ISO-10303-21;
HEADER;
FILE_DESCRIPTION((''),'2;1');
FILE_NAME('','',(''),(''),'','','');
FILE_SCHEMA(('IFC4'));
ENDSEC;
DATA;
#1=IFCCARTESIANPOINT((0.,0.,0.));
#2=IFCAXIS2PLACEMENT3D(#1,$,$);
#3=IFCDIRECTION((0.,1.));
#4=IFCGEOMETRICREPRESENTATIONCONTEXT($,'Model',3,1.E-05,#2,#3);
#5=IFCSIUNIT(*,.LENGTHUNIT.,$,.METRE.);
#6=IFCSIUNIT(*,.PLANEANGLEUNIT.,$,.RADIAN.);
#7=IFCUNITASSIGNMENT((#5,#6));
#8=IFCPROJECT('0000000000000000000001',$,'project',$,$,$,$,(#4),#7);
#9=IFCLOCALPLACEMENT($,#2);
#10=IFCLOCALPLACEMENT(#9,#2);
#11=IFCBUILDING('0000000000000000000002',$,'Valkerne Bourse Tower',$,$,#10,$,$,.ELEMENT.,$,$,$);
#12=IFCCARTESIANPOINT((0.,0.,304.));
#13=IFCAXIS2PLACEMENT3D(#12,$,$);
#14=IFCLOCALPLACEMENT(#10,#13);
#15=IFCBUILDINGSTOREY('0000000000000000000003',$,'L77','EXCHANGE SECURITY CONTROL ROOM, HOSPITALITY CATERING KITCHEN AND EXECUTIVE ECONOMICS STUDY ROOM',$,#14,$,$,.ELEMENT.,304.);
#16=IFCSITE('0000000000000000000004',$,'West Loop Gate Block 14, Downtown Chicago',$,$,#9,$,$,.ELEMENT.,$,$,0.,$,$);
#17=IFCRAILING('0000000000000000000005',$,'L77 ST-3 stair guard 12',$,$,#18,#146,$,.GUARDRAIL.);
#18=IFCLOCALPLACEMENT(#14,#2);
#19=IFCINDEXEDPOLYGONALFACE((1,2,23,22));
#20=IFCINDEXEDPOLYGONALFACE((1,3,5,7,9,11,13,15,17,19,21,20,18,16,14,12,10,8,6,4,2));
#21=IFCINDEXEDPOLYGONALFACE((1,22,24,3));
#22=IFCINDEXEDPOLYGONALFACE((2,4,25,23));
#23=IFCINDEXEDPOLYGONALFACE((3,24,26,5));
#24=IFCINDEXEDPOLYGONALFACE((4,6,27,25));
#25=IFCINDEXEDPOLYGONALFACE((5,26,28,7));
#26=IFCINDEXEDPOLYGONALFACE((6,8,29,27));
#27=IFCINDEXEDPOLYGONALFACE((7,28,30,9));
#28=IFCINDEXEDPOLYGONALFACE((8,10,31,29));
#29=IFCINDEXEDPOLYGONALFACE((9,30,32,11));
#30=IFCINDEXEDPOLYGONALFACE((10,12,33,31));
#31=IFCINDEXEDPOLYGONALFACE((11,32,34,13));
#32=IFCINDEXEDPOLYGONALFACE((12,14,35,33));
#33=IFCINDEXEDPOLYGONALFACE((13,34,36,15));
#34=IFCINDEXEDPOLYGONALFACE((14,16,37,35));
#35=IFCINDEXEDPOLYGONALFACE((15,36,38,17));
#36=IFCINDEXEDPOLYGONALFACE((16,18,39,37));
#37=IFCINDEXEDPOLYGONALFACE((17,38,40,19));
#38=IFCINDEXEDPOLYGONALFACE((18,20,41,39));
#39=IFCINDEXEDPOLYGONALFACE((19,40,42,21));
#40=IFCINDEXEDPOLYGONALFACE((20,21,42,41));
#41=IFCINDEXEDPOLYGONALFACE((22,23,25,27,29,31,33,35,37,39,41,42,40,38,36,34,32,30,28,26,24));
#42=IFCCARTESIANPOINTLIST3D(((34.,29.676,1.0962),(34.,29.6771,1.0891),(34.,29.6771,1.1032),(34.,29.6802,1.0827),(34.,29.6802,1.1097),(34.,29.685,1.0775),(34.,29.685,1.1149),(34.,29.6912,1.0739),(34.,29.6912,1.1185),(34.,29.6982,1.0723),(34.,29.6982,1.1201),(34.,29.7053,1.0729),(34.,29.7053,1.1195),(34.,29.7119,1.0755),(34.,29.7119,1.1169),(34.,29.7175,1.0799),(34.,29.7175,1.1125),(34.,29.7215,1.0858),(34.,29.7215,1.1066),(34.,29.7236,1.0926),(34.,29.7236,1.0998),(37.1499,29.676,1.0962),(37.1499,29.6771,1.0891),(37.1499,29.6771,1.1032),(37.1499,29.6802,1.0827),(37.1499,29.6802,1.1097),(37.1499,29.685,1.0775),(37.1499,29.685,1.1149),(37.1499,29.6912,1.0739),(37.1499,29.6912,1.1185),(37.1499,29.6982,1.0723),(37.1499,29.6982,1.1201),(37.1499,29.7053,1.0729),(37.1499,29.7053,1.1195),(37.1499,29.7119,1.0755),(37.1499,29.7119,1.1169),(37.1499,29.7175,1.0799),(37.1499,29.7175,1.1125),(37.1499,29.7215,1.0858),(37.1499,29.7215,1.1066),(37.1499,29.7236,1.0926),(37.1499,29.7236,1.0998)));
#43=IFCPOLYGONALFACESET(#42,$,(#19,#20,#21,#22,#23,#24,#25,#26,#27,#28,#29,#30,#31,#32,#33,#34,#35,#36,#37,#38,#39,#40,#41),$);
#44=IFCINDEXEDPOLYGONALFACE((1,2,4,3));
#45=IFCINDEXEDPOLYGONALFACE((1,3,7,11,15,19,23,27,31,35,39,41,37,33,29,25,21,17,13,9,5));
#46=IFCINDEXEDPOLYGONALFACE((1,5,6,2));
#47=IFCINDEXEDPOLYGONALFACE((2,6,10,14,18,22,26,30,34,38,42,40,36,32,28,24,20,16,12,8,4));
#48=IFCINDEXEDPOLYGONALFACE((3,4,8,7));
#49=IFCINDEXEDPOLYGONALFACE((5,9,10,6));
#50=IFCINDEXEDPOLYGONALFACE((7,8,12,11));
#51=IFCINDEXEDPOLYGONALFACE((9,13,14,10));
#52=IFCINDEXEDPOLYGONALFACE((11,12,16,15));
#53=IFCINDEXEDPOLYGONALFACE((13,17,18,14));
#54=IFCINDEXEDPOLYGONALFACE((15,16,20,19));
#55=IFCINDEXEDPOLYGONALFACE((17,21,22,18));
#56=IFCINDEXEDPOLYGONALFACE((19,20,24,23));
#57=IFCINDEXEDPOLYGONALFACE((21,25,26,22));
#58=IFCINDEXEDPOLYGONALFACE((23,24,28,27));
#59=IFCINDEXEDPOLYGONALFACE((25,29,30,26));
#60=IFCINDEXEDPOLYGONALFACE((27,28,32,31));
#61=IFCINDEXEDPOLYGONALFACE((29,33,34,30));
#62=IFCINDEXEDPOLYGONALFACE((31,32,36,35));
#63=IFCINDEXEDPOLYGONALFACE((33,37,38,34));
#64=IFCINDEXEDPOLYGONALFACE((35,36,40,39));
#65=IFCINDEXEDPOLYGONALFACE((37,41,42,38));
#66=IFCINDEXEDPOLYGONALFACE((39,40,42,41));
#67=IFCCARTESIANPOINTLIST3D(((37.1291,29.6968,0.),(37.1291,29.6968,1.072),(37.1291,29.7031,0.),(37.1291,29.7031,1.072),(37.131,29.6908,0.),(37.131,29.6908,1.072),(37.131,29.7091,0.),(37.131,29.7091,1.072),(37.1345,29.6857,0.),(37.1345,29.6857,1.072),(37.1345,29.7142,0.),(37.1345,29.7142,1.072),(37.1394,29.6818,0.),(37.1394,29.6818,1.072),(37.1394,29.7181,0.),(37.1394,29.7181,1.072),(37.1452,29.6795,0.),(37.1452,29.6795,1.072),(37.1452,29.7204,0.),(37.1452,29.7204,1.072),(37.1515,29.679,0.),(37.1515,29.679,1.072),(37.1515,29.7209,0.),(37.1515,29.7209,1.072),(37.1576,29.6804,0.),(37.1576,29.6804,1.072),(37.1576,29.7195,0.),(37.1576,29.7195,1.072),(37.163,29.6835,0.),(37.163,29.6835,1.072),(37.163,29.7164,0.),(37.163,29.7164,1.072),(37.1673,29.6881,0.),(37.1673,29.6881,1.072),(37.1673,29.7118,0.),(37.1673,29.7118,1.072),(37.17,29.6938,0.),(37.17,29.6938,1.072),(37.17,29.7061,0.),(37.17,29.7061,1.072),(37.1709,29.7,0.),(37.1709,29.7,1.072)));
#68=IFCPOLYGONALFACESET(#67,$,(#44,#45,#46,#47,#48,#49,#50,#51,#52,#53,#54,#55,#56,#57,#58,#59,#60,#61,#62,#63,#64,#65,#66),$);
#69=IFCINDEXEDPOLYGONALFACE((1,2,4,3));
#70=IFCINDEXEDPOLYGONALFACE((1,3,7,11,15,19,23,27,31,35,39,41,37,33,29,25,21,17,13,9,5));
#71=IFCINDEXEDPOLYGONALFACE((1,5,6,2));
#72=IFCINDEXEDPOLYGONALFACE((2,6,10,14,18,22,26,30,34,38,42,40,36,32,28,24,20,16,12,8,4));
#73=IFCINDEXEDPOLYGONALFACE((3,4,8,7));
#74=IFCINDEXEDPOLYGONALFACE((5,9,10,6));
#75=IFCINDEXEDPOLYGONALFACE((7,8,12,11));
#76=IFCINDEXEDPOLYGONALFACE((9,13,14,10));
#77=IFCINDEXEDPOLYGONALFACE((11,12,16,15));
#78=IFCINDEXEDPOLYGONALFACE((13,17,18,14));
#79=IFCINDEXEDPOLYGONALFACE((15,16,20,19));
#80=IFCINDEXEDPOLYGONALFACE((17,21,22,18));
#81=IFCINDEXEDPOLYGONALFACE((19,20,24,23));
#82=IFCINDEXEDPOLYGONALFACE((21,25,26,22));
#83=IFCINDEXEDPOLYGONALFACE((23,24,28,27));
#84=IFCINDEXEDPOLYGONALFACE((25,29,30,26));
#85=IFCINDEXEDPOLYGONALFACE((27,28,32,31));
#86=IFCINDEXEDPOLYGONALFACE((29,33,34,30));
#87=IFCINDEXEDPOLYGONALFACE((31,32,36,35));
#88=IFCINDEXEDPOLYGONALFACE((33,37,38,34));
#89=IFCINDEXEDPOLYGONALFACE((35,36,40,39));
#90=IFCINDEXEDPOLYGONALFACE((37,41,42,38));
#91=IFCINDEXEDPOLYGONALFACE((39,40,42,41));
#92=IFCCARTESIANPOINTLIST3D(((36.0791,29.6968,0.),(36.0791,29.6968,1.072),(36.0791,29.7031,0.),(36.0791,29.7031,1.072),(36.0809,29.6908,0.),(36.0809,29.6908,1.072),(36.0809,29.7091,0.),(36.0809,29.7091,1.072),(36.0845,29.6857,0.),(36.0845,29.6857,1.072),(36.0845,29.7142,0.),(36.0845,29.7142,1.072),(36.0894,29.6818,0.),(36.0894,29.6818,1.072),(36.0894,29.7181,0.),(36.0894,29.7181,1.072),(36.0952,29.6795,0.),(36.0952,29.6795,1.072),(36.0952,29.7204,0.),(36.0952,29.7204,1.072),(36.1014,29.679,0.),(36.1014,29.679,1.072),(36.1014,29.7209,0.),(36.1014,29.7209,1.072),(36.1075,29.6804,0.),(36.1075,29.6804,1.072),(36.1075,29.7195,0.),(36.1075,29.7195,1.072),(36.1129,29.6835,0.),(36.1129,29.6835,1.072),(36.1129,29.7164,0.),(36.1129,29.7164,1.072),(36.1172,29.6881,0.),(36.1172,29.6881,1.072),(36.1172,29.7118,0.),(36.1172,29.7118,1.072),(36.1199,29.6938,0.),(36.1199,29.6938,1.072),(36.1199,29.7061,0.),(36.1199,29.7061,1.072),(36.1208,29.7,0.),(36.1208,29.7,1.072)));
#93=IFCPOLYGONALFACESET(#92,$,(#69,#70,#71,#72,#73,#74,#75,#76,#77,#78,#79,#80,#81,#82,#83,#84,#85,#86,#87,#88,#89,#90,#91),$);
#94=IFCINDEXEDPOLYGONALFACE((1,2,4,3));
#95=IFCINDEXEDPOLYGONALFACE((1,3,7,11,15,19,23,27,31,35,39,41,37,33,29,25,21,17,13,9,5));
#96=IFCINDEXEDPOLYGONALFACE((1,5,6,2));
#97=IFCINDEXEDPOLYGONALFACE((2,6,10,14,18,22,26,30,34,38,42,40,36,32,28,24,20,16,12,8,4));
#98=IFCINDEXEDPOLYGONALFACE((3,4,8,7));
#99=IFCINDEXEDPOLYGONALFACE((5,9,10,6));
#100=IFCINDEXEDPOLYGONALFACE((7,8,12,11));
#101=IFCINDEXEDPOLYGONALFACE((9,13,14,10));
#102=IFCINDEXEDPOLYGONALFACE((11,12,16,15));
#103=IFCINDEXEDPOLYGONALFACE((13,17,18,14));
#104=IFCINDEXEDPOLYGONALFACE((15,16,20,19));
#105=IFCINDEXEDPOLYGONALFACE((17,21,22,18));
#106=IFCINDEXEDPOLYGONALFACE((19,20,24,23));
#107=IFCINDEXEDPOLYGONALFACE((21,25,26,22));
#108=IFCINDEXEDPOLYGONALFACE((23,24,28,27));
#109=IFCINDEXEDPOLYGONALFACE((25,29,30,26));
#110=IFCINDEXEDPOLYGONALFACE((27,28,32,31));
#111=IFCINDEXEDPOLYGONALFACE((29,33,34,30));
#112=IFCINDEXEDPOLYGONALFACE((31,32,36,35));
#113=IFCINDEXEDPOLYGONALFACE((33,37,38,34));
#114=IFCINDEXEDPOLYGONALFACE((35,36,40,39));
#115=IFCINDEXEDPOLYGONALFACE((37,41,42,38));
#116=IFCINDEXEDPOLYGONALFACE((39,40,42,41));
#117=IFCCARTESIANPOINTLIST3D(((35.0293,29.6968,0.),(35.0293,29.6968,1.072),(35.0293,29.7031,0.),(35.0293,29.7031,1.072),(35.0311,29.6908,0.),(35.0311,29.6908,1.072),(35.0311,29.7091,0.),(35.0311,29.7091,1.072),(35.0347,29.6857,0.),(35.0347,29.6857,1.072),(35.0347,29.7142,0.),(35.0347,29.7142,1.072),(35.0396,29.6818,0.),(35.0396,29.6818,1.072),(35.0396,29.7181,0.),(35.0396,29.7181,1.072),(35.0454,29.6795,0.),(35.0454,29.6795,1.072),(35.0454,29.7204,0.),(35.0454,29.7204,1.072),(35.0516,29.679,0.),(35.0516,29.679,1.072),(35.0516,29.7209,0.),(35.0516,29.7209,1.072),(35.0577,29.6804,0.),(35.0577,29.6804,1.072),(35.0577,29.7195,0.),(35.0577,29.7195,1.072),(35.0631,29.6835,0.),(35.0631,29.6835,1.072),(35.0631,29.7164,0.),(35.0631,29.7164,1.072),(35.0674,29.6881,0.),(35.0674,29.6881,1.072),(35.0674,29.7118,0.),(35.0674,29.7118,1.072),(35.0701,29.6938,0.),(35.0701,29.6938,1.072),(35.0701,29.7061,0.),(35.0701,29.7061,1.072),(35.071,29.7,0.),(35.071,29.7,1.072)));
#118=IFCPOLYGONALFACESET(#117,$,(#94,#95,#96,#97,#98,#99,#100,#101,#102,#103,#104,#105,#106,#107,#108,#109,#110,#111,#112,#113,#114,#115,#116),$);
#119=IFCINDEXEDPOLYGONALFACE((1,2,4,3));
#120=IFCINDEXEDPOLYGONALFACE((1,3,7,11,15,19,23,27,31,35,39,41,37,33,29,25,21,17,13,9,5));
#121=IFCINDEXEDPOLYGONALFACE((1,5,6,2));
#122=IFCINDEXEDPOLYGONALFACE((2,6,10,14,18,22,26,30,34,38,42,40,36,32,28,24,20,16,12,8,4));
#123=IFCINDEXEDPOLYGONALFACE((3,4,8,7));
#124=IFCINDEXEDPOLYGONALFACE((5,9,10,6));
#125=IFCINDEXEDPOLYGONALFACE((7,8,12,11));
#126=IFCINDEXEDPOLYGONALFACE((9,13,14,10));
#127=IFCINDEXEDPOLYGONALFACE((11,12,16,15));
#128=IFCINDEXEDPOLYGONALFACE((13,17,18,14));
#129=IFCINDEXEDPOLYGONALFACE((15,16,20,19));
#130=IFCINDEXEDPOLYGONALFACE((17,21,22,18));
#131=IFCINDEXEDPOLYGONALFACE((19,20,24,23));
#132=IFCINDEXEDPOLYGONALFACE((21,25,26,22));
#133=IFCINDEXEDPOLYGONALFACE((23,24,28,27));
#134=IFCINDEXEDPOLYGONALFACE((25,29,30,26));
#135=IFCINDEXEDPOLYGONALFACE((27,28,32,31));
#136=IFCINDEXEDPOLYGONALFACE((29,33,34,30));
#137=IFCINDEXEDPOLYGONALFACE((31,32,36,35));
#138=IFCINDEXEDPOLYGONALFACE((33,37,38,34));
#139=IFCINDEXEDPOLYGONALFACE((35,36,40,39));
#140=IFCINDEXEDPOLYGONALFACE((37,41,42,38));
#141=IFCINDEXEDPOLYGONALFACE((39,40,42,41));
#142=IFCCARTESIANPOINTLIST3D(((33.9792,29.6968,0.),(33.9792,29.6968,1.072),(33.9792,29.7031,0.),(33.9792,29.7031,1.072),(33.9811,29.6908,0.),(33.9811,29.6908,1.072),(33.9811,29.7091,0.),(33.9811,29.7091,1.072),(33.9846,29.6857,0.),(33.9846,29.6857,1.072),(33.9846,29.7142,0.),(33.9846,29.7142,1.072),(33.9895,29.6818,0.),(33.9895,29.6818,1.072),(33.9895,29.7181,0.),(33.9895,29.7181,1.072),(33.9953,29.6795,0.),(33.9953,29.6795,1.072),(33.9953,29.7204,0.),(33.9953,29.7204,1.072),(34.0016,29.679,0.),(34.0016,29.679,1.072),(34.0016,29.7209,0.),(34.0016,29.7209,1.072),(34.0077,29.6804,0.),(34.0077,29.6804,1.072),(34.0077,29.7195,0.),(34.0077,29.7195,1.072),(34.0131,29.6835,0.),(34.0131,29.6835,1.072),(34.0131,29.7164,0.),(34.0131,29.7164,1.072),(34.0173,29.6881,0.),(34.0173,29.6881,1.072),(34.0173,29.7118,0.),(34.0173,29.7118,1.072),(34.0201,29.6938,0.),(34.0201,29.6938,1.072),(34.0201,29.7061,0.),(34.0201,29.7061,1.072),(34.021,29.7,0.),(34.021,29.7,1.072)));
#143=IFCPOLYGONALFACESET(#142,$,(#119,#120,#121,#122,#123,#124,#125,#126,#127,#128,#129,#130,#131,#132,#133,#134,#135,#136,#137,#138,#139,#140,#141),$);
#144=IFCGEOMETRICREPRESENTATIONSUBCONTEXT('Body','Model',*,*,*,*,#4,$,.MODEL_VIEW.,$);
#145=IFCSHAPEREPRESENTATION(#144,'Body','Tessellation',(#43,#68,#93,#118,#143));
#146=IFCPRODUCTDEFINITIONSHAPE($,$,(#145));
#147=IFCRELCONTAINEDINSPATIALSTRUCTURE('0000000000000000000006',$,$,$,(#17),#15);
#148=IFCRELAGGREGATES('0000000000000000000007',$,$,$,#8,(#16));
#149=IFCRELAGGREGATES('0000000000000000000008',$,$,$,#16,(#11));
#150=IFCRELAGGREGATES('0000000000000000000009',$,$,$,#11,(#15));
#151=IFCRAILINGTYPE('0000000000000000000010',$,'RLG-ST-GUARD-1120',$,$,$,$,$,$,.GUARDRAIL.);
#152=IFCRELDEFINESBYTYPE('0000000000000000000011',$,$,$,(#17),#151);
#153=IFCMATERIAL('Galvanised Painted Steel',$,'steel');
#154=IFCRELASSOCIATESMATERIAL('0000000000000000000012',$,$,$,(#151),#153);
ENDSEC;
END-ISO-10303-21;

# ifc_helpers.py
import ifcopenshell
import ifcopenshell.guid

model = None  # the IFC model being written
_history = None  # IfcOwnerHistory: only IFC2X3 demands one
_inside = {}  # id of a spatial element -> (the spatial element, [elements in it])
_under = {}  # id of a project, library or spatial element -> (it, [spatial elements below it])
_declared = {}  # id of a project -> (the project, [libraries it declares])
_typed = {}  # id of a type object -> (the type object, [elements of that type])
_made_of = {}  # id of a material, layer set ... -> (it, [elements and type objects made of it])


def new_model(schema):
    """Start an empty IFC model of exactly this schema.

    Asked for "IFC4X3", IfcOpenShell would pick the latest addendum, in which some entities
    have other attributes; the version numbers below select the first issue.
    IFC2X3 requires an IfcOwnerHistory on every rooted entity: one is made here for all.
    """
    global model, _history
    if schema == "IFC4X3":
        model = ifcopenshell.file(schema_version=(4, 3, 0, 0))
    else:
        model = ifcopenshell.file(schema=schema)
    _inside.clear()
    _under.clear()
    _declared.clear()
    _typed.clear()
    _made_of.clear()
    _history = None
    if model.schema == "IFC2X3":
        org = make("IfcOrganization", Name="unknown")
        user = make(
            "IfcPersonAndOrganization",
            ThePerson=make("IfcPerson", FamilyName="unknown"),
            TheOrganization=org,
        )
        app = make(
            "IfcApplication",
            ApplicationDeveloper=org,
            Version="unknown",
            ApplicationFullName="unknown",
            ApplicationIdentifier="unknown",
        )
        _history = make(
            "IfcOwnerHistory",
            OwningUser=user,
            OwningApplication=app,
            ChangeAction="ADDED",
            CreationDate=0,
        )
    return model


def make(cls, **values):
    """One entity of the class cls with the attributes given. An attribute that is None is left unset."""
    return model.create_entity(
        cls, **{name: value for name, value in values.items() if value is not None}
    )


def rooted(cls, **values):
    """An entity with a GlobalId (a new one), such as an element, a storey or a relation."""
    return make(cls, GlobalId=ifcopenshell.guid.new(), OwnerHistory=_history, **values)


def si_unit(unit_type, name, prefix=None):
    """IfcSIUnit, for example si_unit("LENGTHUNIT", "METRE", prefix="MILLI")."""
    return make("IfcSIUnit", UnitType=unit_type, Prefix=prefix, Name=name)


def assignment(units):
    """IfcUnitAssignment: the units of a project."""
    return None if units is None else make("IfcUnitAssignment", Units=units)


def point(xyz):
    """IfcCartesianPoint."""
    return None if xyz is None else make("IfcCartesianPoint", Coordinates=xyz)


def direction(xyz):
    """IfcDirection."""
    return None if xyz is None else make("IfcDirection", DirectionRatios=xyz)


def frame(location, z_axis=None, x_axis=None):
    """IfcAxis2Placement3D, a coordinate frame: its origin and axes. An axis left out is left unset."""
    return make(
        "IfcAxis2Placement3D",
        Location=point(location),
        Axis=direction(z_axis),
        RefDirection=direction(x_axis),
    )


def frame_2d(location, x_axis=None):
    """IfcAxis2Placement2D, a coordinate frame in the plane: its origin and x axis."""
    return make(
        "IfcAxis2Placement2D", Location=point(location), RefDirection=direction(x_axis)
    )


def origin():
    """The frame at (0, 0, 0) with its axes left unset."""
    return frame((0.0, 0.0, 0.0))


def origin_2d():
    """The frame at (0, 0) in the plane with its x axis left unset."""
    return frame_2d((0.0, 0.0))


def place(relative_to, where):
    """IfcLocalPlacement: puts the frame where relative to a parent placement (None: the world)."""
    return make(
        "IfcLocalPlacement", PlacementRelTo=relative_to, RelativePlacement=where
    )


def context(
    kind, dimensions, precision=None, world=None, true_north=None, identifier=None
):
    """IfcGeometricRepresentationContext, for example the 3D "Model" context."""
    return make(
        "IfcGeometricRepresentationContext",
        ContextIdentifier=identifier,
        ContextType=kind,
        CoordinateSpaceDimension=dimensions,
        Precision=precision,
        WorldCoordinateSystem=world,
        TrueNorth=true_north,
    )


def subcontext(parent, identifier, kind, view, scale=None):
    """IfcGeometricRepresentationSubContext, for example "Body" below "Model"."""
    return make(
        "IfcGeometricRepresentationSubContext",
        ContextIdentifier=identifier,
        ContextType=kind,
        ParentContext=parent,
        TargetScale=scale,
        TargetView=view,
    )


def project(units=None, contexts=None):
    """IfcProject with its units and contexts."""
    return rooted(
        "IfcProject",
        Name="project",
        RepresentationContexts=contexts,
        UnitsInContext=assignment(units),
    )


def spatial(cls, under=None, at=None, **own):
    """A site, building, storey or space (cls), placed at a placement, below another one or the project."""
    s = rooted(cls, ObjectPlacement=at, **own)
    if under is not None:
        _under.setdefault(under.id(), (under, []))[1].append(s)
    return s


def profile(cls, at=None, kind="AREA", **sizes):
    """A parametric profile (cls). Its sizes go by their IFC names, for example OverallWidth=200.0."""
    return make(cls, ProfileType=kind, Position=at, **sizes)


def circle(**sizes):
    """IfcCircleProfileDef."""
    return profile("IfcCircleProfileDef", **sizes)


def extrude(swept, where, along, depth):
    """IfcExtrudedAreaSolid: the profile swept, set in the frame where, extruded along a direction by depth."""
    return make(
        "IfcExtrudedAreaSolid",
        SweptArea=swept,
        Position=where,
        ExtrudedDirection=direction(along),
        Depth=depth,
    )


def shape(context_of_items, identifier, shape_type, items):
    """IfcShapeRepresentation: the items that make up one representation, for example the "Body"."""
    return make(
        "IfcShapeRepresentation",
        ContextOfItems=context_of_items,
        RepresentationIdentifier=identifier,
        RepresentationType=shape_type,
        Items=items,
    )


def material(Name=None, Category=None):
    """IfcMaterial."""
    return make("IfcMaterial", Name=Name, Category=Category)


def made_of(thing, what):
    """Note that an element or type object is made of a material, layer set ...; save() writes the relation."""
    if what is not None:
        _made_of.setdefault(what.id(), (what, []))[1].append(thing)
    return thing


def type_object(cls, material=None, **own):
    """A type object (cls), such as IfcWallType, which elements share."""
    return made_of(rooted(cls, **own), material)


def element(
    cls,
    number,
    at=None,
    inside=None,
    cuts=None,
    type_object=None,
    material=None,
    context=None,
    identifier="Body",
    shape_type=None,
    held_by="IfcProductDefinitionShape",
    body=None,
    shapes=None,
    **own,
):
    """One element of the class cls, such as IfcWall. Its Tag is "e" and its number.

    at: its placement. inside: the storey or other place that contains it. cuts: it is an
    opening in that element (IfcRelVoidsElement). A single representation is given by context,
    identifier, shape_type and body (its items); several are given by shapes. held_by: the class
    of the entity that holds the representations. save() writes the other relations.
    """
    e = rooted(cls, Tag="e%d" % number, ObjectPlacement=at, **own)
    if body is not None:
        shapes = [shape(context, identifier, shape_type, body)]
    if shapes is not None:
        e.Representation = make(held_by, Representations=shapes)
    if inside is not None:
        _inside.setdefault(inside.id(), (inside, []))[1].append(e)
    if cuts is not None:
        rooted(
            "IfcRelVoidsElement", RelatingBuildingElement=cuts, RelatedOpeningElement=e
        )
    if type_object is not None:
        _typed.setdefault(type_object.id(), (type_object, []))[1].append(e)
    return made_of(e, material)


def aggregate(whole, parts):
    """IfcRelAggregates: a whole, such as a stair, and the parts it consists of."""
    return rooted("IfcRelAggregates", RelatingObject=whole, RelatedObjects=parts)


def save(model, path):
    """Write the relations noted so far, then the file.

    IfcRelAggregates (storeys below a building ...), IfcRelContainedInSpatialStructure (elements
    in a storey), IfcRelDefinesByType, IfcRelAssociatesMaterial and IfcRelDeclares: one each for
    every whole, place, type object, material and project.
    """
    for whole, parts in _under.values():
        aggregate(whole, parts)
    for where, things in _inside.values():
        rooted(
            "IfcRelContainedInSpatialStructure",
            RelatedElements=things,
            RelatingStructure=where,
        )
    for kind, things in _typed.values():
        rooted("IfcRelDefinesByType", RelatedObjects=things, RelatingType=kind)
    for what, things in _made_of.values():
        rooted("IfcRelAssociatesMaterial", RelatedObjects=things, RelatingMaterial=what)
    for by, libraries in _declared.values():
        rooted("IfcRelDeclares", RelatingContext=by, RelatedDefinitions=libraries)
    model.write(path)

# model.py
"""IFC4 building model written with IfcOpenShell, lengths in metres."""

from ifc_helpers import new_model, si_unit, direction, frame, origin, origin_2d, place, context, subcontext, project, spatial, circle, extrude, material, type_object, element, save


model = new_model("IFC4")

# Units and contexts
model_context = context("Model", 3, precision=1e-05, world=origin(), true_north=direction((0.0, 1.0)))
body_context = subcontext(model_context, "Body", "Model", "MODEL_VIEW")
ifc_project = project(units=[si_unit("LENGTHUNIT", "METRE"), si_unit("PLANEANGLEUNIT", "RADIAN")], contexts=[model_context])

# Site, building, storey
site_placement = place(None, origin())
site = spatial("IfcSite", under=ifc_project, at=site_placement, Name="West Loop Gate Block 14, Downtown Chicago", CompositionType="ELEMENT", RefElevation=0.0)
building_placement = place(site_placement, origin())
building = spatial("IfcBuilding", under=site, at=building_placement, Name="Valkerne Bourse Tower", CompositionType="ELEMENT")
storey_placement = place(building_placement, frame((0.0, 0.0, 304.0)))
storey = spatial("IfcBuildingStorey", under=building, at=storey_placement, Name="L77", Description="EXCHANGE SECURITY CONTROL ROOM, HOSPITALITY CATERING KITCHEN AND EXECUTIVE ECONOMICS STUDY ROOM", CompositionType="ELEMENT", Elevation=304.0)

# Shared definitions
ifc_material_1 = material(Name="Galvanised Painted Steel", Category="steel")

# Railing
railing_type = type_object("IfcRailingType", Name="RLG-ST-GUARD-1120", PredefinedType="GUARDRAIL", material=ifc_material_1)
railing_placement = place(storey_placement, frame((37.1499, 29.7, 0.0)))
element("IfcRailing", 1, at=railing_placement, inside=storey, type_object=railing_type, Name="L77 ST-3 stair guard 12", PredefinedType="GUARDRAIL", context=body_context, shape_type="SweptSolid", body=[
    extrude(circle(Radius=0.0239, at=origin_2d()), frame((0.0, 0.0, 1.0962), z_axis=(-1.0, 0.0, 0.0), x_axis=(0.0, -1.0, 0.0)), (0.0, 0.0, 1.0), 3.1499),
    extrude(circle(Radius=0.021, at=origin_2d()), origin(), (0.0, 0.0, 1.0), 1.072),
    extrude(circle(Radius=0.021, at=origin_2d()), frame((-1.05, 0.0, 0.0)), (0.0, 0.0, 1.0), 1.072),
    extrude(circle(Radius=0.021, at=origin_2d()), frame((-2.0999, 0.0, 0.0)), (0.0, 0.0, 1.0), 1.072),
    extrude(circle(Radius=0.021, at=origin_2d()), frame((-3.1499, 0.0, 0.0)), (0.0, 0.0, 1.0), 1.072),
])

save(model, "model.ifc")
